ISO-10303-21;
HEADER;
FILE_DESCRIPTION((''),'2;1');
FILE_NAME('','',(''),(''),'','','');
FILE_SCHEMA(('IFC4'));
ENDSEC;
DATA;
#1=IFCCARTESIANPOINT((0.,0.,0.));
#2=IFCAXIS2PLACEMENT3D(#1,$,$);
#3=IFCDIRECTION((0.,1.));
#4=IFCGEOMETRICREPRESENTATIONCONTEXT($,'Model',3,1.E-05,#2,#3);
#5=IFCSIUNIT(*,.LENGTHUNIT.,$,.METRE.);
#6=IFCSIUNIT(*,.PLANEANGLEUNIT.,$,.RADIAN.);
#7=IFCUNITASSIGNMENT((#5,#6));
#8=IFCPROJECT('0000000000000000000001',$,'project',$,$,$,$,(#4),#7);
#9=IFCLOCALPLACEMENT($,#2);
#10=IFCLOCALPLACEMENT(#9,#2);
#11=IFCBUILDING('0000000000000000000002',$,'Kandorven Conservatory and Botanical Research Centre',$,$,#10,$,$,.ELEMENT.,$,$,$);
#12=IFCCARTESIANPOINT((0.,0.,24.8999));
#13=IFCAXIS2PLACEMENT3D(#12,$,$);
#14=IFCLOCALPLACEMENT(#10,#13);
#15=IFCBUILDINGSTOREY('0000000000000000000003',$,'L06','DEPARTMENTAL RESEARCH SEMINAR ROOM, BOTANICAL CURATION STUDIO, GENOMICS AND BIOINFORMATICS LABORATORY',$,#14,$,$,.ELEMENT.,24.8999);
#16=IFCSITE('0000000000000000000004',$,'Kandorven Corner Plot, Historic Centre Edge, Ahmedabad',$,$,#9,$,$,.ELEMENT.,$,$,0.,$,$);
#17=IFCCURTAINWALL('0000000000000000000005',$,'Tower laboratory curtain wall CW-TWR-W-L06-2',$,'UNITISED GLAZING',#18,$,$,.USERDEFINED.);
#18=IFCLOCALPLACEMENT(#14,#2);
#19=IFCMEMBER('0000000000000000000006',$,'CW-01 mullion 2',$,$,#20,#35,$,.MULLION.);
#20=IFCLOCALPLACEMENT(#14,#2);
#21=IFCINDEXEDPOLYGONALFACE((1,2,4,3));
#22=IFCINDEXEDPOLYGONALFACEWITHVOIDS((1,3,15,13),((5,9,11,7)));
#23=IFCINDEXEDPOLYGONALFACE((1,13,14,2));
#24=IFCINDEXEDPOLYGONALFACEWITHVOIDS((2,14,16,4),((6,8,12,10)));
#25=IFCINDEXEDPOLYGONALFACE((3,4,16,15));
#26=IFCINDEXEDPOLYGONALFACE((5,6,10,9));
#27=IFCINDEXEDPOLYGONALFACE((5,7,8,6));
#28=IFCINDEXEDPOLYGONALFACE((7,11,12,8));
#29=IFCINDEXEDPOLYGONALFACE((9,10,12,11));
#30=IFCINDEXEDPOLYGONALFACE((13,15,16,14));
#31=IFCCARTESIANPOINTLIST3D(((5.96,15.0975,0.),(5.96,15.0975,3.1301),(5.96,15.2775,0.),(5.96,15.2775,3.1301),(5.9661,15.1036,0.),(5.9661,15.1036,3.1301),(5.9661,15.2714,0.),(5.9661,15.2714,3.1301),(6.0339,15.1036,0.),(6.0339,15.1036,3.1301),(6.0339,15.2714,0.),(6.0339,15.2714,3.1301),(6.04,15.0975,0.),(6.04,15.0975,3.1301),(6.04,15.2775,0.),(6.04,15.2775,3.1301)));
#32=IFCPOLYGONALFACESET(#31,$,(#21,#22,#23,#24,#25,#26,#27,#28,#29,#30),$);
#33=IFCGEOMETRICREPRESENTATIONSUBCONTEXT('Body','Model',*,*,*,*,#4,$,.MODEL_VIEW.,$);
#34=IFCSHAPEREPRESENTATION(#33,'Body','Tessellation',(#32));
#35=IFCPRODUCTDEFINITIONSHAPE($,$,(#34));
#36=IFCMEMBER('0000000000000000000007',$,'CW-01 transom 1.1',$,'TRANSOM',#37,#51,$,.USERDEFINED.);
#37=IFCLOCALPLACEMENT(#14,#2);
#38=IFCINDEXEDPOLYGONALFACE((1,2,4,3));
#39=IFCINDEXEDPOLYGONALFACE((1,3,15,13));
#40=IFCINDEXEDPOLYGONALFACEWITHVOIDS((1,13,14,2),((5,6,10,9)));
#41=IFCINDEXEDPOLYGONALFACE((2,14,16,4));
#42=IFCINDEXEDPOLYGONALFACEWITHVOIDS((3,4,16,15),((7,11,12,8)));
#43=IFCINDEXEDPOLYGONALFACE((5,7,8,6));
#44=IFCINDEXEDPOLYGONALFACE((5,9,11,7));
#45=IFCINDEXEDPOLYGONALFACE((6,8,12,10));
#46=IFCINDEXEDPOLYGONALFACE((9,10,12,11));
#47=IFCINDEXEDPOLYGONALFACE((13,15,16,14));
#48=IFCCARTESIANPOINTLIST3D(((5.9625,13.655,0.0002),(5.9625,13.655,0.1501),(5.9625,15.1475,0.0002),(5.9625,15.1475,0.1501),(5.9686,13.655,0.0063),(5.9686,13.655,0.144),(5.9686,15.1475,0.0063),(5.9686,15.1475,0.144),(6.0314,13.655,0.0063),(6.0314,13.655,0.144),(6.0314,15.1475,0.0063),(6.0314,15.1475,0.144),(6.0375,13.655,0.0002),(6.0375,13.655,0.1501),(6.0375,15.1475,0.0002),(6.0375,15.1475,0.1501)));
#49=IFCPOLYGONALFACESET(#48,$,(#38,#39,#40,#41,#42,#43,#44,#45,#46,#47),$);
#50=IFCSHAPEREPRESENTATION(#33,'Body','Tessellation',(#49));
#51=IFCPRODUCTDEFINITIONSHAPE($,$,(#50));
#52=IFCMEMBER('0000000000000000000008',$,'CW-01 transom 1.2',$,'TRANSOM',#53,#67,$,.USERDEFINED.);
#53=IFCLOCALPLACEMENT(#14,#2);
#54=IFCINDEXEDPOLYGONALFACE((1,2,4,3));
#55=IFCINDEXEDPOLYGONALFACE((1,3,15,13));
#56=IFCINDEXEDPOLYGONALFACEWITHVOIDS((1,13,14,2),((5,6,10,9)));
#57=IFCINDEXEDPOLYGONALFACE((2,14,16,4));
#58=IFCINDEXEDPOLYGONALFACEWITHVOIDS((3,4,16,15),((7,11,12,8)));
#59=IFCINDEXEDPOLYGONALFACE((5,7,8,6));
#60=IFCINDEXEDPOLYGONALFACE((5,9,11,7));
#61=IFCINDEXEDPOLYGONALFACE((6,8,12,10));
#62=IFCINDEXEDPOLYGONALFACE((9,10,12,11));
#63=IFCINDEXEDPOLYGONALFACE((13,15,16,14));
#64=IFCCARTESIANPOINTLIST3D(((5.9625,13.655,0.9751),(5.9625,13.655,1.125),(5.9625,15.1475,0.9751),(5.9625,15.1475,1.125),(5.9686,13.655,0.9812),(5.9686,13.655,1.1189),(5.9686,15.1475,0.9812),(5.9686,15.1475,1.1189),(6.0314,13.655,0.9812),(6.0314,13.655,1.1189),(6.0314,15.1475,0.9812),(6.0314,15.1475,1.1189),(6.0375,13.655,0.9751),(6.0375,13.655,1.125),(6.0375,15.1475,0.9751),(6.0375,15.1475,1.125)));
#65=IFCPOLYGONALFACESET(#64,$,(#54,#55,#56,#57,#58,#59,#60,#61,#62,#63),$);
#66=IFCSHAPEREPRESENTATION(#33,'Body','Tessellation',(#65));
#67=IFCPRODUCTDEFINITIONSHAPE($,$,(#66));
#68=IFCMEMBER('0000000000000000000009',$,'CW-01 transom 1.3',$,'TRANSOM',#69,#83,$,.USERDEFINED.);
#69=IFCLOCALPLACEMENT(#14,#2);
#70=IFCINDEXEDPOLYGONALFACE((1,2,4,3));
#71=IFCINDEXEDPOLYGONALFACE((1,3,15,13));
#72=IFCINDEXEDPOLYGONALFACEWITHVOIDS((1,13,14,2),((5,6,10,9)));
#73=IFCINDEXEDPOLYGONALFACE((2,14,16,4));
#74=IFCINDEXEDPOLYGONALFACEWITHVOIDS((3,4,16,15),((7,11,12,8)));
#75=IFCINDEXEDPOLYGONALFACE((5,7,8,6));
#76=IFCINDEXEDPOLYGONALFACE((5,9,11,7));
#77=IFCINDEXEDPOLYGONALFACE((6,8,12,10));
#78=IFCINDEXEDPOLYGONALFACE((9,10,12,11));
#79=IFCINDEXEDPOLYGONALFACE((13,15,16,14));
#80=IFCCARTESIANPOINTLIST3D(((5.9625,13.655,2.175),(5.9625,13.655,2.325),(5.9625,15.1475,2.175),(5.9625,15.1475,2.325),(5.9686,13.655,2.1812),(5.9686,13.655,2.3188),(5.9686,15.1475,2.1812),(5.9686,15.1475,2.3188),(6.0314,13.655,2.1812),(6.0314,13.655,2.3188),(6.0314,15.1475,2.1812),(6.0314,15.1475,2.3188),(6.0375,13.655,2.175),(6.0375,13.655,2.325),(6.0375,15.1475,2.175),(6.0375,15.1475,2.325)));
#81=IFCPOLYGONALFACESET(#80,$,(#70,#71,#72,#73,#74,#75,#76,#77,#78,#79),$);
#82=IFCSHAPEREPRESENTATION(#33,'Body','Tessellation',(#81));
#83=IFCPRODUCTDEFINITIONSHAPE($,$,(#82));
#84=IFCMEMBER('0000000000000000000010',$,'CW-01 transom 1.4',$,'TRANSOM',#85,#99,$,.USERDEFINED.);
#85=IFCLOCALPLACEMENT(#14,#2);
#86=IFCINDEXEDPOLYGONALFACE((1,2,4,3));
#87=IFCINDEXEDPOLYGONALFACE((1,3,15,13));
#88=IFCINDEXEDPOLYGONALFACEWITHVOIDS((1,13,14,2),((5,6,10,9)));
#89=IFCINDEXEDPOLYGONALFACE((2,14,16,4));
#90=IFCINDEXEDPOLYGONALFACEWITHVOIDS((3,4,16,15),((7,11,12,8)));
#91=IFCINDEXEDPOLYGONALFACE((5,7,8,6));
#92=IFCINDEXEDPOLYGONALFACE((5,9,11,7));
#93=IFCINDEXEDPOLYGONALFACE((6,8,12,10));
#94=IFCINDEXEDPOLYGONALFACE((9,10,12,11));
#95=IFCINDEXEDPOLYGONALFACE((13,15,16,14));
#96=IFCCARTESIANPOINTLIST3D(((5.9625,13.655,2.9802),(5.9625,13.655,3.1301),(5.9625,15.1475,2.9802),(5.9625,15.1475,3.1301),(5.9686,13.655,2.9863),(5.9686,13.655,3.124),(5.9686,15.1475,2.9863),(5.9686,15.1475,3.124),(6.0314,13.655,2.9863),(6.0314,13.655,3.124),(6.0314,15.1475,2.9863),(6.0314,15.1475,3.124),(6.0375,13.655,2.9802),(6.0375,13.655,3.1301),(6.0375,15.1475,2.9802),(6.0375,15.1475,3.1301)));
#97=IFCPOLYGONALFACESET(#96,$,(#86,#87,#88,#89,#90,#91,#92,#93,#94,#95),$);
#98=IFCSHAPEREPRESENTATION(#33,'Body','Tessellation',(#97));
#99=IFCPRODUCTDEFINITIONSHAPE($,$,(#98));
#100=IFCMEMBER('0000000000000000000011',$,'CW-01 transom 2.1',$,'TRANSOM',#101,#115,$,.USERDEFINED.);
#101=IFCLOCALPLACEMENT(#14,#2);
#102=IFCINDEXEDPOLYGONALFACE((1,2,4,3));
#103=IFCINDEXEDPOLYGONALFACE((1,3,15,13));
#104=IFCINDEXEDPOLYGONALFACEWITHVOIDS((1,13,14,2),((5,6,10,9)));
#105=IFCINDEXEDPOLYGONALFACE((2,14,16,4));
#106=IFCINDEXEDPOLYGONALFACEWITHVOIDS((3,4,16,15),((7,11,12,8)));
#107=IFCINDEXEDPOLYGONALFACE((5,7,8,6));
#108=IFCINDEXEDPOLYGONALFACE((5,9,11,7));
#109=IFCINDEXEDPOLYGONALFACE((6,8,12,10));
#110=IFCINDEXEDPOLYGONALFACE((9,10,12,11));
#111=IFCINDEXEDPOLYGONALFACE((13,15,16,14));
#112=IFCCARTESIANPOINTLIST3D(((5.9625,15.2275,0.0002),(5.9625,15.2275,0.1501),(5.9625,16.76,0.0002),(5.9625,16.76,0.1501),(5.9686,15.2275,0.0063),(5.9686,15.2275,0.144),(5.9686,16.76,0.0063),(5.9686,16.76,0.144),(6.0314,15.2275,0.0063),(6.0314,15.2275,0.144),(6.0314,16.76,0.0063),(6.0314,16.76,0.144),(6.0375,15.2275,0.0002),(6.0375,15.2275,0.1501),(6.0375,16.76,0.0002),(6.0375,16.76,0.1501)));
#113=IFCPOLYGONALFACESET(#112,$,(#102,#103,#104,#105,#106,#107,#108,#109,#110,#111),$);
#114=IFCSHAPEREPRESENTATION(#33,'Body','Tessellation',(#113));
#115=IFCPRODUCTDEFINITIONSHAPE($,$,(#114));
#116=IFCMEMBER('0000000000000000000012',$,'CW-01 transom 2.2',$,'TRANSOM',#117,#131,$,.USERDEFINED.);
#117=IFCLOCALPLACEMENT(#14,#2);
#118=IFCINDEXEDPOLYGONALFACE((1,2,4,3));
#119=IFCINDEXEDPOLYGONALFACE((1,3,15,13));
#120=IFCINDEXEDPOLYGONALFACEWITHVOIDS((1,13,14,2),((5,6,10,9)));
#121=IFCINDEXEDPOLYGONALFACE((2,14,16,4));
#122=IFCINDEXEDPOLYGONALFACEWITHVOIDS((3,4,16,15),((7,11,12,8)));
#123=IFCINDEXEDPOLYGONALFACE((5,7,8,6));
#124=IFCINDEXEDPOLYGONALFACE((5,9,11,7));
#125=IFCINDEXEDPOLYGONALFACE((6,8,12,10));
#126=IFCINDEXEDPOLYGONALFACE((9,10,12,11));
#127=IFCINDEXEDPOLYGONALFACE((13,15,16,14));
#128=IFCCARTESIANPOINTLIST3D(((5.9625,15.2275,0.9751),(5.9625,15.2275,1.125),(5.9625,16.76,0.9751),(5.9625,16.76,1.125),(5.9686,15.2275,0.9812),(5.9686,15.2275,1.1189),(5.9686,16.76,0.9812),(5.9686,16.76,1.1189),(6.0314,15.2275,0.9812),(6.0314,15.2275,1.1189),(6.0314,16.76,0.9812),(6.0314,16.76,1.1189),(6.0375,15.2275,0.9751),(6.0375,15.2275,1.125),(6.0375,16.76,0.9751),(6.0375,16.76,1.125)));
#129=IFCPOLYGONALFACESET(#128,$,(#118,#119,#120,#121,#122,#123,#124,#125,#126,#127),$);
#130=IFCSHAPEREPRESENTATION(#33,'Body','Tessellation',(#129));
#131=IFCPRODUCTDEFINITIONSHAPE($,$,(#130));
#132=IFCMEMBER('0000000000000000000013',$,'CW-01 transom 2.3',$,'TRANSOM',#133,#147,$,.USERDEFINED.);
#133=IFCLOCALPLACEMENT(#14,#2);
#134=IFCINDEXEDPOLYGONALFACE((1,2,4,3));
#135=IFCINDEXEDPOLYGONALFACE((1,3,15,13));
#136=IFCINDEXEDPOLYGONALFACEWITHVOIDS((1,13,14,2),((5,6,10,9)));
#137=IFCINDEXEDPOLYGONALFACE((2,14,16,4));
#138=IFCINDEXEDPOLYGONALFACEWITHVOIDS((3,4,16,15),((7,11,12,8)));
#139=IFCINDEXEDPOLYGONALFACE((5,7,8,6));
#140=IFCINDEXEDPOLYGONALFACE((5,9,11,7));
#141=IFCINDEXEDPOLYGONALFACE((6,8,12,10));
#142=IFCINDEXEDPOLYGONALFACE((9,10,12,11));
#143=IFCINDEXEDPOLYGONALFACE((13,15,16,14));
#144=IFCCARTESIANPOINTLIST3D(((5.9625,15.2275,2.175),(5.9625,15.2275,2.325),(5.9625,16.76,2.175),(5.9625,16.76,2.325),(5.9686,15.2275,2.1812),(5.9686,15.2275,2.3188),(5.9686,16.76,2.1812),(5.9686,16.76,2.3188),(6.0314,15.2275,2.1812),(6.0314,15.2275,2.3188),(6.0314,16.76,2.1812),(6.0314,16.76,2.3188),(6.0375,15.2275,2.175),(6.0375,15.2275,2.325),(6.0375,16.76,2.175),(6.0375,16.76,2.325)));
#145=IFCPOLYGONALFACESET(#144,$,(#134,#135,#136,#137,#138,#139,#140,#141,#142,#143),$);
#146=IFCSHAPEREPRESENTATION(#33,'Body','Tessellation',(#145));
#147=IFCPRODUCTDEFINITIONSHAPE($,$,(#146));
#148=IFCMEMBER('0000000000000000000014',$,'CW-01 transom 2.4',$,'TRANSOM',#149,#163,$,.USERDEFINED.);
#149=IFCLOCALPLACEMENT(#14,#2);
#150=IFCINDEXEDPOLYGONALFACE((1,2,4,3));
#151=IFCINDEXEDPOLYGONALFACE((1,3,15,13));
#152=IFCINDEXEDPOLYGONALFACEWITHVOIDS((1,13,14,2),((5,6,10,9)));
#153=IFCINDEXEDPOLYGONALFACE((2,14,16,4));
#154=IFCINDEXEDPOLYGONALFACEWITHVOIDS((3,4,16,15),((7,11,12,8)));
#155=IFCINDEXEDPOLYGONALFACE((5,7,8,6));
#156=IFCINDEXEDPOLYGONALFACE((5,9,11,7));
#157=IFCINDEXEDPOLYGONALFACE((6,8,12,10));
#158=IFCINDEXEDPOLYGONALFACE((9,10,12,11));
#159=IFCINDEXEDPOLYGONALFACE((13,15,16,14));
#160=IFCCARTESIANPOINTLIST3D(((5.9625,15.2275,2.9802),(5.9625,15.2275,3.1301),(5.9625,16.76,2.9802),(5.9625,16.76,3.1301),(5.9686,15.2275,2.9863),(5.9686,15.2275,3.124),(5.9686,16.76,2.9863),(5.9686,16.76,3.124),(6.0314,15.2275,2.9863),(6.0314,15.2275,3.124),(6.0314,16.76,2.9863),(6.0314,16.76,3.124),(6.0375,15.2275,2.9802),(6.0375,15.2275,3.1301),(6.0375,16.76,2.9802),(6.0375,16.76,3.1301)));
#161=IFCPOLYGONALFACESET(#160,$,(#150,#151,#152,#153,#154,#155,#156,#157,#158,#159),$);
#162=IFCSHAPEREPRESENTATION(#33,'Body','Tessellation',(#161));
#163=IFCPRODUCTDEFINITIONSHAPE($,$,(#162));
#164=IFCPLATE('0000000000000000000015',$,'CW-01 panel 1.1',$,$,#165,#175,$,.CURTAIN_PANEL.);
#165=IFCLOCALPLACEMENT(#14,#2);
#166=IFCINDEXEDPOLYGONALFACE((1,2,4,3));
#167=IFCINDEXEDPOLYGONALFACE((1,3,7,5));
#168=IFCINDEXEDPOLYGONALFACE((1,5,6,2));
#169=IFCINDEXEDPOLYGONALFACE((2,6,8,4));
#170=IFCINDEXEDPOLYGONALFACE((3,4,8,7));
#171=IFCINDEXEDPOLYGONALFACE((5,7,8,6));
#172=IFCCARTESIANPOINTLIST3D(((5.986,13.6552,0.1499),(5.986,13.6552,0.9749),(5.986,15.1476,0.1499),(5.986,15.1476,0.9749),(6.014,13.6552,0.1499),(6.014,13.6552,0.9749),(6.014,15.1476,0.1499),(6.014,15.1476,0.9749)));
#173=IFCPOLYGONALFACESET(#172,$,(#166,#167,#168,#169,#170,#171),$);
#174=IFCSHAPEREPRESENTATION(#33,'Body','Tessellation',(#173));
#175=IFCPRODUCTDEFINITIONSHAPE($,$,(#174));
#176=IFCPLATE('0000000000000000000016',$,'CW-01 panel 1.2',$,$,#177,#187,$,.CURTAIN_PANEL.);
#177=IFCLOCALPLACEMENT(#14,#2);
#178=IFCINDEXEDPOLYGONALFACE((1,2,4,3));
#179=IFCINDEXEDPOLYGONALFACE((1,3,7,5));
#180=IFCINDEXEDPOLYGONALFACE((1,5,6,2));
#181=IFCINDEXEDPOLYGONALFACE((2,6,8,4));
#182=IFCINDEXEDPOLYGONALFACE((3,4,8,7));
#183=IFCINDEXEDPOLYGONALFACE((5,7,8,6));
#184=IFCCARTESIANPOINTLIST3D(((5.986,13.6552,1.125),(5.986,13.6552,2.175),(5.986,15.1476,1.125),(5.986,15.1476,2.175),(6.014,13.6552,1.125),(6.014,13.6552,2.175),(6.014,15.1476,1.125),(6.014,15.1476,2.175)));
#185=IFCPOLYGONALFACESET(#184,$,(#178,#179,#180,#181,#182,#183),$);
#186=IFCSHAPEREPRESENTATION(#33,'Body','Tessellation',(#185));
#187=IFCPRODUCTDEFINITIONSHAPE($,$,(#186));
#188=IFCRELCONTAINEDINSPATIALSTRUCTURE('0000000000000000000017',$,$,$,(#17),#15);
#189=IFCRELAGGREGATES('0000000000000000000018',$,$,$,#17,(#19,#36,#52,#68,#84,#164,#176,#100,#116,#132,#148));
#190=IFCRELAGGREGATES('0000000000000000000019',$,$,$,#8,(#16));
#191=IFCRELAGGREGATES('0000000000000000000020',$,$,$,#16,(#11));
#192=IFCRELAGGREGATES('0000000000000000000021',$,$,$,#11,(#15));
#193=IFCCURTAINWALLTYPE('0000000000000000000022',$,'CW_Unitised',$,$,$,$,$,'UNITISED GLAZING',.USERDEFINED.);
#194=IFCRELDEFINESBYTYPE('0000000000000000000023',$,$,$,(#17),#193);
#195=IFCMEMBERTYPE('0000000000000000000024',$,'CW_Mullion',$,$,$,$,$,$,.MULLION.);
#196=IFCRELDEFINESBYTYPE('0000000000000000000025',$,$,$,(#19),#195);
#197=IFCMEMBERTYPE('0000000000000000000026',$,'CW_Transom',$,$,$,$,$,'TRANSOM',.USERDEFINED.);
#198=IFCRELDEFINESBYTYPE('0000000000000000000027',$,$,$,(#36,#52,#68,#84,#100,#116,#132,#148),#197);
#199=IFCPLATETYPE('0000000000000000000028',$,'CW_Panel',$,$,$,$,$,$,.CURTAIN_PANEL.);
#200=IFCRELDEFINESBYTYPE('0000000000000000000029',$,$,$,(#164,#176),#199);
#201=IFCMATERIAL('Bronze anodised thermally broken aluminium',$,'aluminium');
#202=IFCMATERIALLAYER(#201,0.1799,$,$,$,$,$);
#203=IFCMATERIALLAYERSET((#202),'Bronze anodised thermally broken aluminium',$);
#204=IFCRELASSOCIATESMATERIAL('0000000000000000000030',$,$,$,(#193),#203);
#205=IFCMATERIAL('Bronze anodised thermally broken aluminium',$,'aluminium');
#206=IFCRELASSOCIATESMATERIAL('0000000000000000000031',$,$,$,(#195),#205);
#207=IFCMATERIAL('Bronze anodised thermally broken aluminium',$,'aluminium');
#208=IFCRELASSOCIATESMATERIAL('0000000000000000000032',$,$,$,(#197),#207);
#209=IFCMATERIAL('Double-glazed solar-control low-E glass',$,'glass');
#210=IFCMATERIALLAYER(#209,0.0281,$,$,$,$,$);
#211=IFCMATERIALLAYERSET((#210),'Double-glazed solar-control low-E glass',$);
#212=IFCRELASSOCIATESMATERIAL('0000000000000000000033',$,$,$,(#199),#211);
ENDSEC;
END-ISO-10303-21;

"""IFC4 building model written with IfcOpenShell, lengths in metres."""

from ifc_helpers import new_model, si_unit, direction, frame, origin, origin_2d, place, context, subcontext, project, spatial, rectangle, hollow_rectangle, extrude, material, layer, layer_set, material_profile, profile_set, type_object, element, aggregate, save


model = new_model("IFC4")

# Units and contexts
model_context = context("Model", 3, precision=1e-05, world=origin(), true_north=direction((0.0, 1.0)))
body_context = subcontext(model_context, "Body", "Model", "MODEL_VIEW")
ifc_project = project(units=[si_unit("LENGTHUNIT", "METRE"), si_unit("PLANEANGLEUNIT", "RADIAN")], contexts=[model_context])

# Site, building, storey
site_placement = place(None, origin())
site = spatial("IfcSite", under=ifc_project, at=site_placement, Name="Kandorven Corner Plot, Historic Centre Edge, Ahmedabad", CompositionType="ELEMENT", RefElevation=0.0)
building_placement = place(site_placement, origin())
building = spatial("IfcBuilding", under=site, at=building_placement, Name="Kandorven Conservatory and Botanical Research Centre", CompositionType="ELEMENT")
storey_placement = place(building_placement, frame((0.0, 0.0, 24.8999)))
storey = spatial("IfcBuildingStorey", under=building, at=storey_placement, Name="L06", Description="DEPARTMENTAL RESEARCH SEMINAR ROOM, BOTANICAL CURATION STUDIO, GENOMICS AND BIOINFORMATICS LABORATORY", CompositionType="ELEMENT", Elevation=24.8999)

# Curtain wall, members, plates
ifc_material_1 = material(Name="Bronze anodised thermally broken aluminium", Category="aluminium")
ifc_layer_1 = layer(ifc_material_1, 0.1799)
ifc_layer_set_1 = layer_set([ifc_layer_1], Name="Bronze anodised thermally broken aluminium")
curtain_wall_type = type_object("IfcCurtainWallType", Name="CW_Unitised", ElementType="UNITISED GLAZING", PredefinedType="USERDEFINED", material=ifc_layer_set_1)
curtain_wall_placement = place(storey_placement, origin())
curtain_wall = element("IfcCurtainWall", 1, at=curtain_wall_placement, inside=storey, type_object=curtain_wall_type, Name="Tower laboratory curtain wall CW-TWR-W-L06-2", ObjectType="UNITISED GLAZING", PredefinedType="USERDEFINED")
ifc_material_2 = material(Name="Bronze anodised thermally broken aluminium", Category="aluminium")
ifc_material_profile_1 = material_profile(ifc_material_2, hollow_rectangle(XDim=0.0801, YDim=0.1799, WallThickness=0.0061, at=origin_2d()))
ifc_profile_set_1 = profile_set([ifc_material_profile_1], Name="Bronze anodised thermally broken aluminium")
member_type_1 = type_object("IfcMemberType", Name="CW_Mullion", PredefinedType="MULLION", material=ifc_profile_set_1)
member_1_placement = place(storey_placement, frame((6.0, 15.1875, 0.0), z_axis=(0.0, 0.0, 1.0), x_axis=(-1.0, 0.0, 0.0)))
member_1 = element("IfcMember", 2, at=member_1_placement, type_object=member_type_1, Name="CW-01 mullion 2", PredefinedType="MULLION", context=body_context, shape_type="SweptSolid", body=[
    extrude(hollow_rectangle(XDim=0.0801, YDim=0.1799, WallThickness=0.0061, at=origin_2d()), origin(), (0.0, 0.0, 1.0), 3.1301),
])
ifc_material_3 = material(Name="Bronze anodised thermally broken aluminium", Category="aluminium")
ifc_material_profile_2 = material_profile(ifc_material_3, hollow_rectangle(XDim=0.075, YDim=0.1499, WallThickness=0.0061, at=origin_2d()))
ifc_profile_set_2 = profile_set([ifc_material_profile_2], Name="Bronze anodised thermally broken aluminium")
member_type_2 = type_object("IfcMemberType", Name="CW_Transom", ElementType="TRANSOM", PredefinedType="USERDEFINED", material=ifc_profile_set_2)
member_2_placement = place(storey_placement, frame((6.0, 13.655, 0.0752), z_axis=(0.0, 1.0, 0.0), x_axis=(-1.0, 0.0, 0.0)))
member_2 = element("IfcMember", 3, at=member_2_placement, type_object=member_type_2, Name="CW-01 transom 1.1", ObjectType="TRANSOM", PredefinedType="USERDEFINED", context=body_context, shape_type="SweptSolid", body=[
    extrude(hollow_rectangle(XDim=0.075, YDim=0.1499, WallThickness=0.0061, at=origin_2d()), origin(), (0.0, 0.0, 1.0), 1.4924),
])
member_3_placement = place(storey_placement, frame((6.0, 13.655, 1.05), z_axis=(0.0, 1.0, 0.0), x_axis=(-1.0, 0.0, 0.0)))
member_3 = element("IfcMember", 4, at=member_3_placement, type_object=member_type_2, Name="CW-01 transom 1.2", ObjectType="TRANSOM", PredefinedType="USERDEFINED", context=body_context, shape_type="SweptSolid", body=[
    extrude(hollow_rectangle(XDim=0.075, YDim=0.1499, WallThickness=0.0061, at=origin_2d()), origin(), (0.0, 0.0, 1.0), 1.4924),
])
member_4_placement = place(storey_placement, frame((6.0, 13.655, 2.25), z_axis=(0.0, 1.0, 0.0), x_axis=(-1.0, 0.0, 0.0)))
member_4 = element("IfcMember", 5, at=member_4_placement, type_object=member_type_2, Name="CW-01 transom 1.3", ObjectType="TRANSOM", PredefinedType="USERDEFINED", context=body_context, shape_type="SweptSolid", body=[
    extrude(hollow_rectangle(XDim=0.075, YDim=0.1499, WallThickness=0.0061, at=origin_2d()), origin(), (0.0, 0.0, 1.0), 1.4924),
])
member_5_placement = place(storey_placement, frame((6.0, 13.655, 3.0552), z_axis=(0.0, 1.0, 0.0), x_axis=(-1.0, 0.0, 0.0)))
member_5 = element("IfcMember", 6, at=member_5_placement, type_object=member_type_2, Name="CW-01 transom 1.4", ObjectType="TRANSOM", PredefinedType="USERDEFINED", context=body_context, shape_type="SweptSolid", body=[
    extrude(hollow_rectangle(XDim=0.075, YDim=0.1499, WallThickness=0.0061, at=origin_2d()), origin(), (0.0, 0.0, 1.0), 1.4924),
])
member_6_placement = place(storey_placement, frame((6.0, 15.2275, 0.0752), z_axis=(0.0, 1.0, 0.0), x_axis=(-1.0, 0.0, 0.0)))
member_6 = element("IfcMember", 7, at=member_6_placement, type_object=member_type_2, Name="CW-01 transom 2.1", ObjectType="TRANSOM", PredefinedType="USERDEFINED", context=body_context, shape_type="SweptSolid", body=[
    extrude(hollow_rectangle(XDim=0.075, YDim=0.1499, WallThickness=0.0061, at=origin_2d()), origin(), (0.0, 0.0, 1.0), 1.5325),
])
member_7_placement = place(storey_placement, frame((6.0, 15.2275, 1.05), z_axis=(0.0, 1.0, 0.0), x_axis=(-1.0, 0.0, 0.0)))
member_7 = element("IfcMember", 8, at=member_7_placement, type_object=member_type_2, Name="CW-01 transom 2.2", ObjectType="TRANSOM", PredefinedType="USERDEFINED", context=body_context, shape_type="SweptSolid", body=[
    extrude(hollow_rectangle(XDim=0.075, YDim=0.1499, WallThickness=0.0061, at=origin_2d()), origin(), (0.0, 0.0, 1.0), 1.5325),
])
member_8_placement = place(storey_placement, frame((6.0, 15.2275, 2.25), z_axis=(0.0, 1.0, 0.0), x_axis=(-1.0, 0.0, 0.0)))
member_8 = element("IfcMember", 9, at=member_8_placement, type_object=member_type_2, Name="CW-01 transom 2.3", ObjectType="TRANSOM", PredefinedType="USERDEFINED", context=body_context, shape_type="SweptSolid", body=[
    extrude(hollow_rectangle(XDim=0.075, YDim=0.1499, WallThickness=0.0061, at=origin_2d()), origin(), (0.0, 0.0, 1.0), 1.5325),
])
member_9_placement = place(storey_placement, frame((6.0, 15.2275, 3.0552), z_axis=(0.0, 1.0, 0.0), x_axis=(-1.0, 0.0, 0.0)))
member_9 = element("IfcMember", 10, at=member_9_placement, type_object=member_type_2, Name="CW-01 transom 2.4", ObjectType="TRANSOM", PredefinedType="USERDEFINED", context=body_context, shape_type="SweptSolid", body=[
    extrude(hollow_rectangle(XDim=0.075, YDim=0.1499, WallThickness=0.0061, at=origin_2d()), origin(), (0.0, 0.0, 1.0), 1.5325),
])
ifc_material_4 = material(Name="Double-glazed solar-control low-E glass", Category="glass")
ifc_layer_2 = layer(ifc_material_4, 0.0281)
ifc_layer_set_2 = layer_set([ifc_layer_2], Name="Double-glazed solar-control low-E glass")
plate_type_1 = type_object("IfcPlateType", Name="CW_Panel", PredefinedType="CURTAIN_PANEL", material=ifc_layer_set_2)
plate_1_placement = place(storey_placement, frame((6.0, 14.4014, 0.1499), z_axis=(0.0, 0.0, 1.0), x_axis=(0.0, 1.0, 0.0)))
plate_1 = element("IfcPlate", 11, at=plate_1_placement, type_object=plate_type_1, Name="CW-01 panel 1.1", PredefinedType="CURTAIN_PANEL", context=body_context, shape_type="SweptSolid", body=[
    extrude(rectangle(XDim=1.4924, YDim=0.0281, at=origin_2d()), origin(), (0.0, 0.0, 1.0), 0.825),
])
plate_2_placement = place(storey_placement, frame((6.0, 14.4014, 1.125), z_axis=(0.0, 0.0, 1.0), x_axis=(0.0, 1.0, 0.0)))
plate_2 = element("IfcPlate", 12, at=plate_2_placement, type_object=plate_type_1, Name="CW-01 panel 1.2", PredefinedType="CURTAIN_PANEL", context=body_context, shape_type="SweptSolid", body=[
    extrude(rectangle(XDim=1.4924, YDim=0.0281, at=origin_2d()), origin(), (0.0, 0.0, 1.0), 1.05),
])
aggregate(curtain_wall, [member_1, member_2, member_3, member_4, member_5, plate_1, plate_2, member_6, member_7, member_8, member_9])

save(model, "model.ifc")
